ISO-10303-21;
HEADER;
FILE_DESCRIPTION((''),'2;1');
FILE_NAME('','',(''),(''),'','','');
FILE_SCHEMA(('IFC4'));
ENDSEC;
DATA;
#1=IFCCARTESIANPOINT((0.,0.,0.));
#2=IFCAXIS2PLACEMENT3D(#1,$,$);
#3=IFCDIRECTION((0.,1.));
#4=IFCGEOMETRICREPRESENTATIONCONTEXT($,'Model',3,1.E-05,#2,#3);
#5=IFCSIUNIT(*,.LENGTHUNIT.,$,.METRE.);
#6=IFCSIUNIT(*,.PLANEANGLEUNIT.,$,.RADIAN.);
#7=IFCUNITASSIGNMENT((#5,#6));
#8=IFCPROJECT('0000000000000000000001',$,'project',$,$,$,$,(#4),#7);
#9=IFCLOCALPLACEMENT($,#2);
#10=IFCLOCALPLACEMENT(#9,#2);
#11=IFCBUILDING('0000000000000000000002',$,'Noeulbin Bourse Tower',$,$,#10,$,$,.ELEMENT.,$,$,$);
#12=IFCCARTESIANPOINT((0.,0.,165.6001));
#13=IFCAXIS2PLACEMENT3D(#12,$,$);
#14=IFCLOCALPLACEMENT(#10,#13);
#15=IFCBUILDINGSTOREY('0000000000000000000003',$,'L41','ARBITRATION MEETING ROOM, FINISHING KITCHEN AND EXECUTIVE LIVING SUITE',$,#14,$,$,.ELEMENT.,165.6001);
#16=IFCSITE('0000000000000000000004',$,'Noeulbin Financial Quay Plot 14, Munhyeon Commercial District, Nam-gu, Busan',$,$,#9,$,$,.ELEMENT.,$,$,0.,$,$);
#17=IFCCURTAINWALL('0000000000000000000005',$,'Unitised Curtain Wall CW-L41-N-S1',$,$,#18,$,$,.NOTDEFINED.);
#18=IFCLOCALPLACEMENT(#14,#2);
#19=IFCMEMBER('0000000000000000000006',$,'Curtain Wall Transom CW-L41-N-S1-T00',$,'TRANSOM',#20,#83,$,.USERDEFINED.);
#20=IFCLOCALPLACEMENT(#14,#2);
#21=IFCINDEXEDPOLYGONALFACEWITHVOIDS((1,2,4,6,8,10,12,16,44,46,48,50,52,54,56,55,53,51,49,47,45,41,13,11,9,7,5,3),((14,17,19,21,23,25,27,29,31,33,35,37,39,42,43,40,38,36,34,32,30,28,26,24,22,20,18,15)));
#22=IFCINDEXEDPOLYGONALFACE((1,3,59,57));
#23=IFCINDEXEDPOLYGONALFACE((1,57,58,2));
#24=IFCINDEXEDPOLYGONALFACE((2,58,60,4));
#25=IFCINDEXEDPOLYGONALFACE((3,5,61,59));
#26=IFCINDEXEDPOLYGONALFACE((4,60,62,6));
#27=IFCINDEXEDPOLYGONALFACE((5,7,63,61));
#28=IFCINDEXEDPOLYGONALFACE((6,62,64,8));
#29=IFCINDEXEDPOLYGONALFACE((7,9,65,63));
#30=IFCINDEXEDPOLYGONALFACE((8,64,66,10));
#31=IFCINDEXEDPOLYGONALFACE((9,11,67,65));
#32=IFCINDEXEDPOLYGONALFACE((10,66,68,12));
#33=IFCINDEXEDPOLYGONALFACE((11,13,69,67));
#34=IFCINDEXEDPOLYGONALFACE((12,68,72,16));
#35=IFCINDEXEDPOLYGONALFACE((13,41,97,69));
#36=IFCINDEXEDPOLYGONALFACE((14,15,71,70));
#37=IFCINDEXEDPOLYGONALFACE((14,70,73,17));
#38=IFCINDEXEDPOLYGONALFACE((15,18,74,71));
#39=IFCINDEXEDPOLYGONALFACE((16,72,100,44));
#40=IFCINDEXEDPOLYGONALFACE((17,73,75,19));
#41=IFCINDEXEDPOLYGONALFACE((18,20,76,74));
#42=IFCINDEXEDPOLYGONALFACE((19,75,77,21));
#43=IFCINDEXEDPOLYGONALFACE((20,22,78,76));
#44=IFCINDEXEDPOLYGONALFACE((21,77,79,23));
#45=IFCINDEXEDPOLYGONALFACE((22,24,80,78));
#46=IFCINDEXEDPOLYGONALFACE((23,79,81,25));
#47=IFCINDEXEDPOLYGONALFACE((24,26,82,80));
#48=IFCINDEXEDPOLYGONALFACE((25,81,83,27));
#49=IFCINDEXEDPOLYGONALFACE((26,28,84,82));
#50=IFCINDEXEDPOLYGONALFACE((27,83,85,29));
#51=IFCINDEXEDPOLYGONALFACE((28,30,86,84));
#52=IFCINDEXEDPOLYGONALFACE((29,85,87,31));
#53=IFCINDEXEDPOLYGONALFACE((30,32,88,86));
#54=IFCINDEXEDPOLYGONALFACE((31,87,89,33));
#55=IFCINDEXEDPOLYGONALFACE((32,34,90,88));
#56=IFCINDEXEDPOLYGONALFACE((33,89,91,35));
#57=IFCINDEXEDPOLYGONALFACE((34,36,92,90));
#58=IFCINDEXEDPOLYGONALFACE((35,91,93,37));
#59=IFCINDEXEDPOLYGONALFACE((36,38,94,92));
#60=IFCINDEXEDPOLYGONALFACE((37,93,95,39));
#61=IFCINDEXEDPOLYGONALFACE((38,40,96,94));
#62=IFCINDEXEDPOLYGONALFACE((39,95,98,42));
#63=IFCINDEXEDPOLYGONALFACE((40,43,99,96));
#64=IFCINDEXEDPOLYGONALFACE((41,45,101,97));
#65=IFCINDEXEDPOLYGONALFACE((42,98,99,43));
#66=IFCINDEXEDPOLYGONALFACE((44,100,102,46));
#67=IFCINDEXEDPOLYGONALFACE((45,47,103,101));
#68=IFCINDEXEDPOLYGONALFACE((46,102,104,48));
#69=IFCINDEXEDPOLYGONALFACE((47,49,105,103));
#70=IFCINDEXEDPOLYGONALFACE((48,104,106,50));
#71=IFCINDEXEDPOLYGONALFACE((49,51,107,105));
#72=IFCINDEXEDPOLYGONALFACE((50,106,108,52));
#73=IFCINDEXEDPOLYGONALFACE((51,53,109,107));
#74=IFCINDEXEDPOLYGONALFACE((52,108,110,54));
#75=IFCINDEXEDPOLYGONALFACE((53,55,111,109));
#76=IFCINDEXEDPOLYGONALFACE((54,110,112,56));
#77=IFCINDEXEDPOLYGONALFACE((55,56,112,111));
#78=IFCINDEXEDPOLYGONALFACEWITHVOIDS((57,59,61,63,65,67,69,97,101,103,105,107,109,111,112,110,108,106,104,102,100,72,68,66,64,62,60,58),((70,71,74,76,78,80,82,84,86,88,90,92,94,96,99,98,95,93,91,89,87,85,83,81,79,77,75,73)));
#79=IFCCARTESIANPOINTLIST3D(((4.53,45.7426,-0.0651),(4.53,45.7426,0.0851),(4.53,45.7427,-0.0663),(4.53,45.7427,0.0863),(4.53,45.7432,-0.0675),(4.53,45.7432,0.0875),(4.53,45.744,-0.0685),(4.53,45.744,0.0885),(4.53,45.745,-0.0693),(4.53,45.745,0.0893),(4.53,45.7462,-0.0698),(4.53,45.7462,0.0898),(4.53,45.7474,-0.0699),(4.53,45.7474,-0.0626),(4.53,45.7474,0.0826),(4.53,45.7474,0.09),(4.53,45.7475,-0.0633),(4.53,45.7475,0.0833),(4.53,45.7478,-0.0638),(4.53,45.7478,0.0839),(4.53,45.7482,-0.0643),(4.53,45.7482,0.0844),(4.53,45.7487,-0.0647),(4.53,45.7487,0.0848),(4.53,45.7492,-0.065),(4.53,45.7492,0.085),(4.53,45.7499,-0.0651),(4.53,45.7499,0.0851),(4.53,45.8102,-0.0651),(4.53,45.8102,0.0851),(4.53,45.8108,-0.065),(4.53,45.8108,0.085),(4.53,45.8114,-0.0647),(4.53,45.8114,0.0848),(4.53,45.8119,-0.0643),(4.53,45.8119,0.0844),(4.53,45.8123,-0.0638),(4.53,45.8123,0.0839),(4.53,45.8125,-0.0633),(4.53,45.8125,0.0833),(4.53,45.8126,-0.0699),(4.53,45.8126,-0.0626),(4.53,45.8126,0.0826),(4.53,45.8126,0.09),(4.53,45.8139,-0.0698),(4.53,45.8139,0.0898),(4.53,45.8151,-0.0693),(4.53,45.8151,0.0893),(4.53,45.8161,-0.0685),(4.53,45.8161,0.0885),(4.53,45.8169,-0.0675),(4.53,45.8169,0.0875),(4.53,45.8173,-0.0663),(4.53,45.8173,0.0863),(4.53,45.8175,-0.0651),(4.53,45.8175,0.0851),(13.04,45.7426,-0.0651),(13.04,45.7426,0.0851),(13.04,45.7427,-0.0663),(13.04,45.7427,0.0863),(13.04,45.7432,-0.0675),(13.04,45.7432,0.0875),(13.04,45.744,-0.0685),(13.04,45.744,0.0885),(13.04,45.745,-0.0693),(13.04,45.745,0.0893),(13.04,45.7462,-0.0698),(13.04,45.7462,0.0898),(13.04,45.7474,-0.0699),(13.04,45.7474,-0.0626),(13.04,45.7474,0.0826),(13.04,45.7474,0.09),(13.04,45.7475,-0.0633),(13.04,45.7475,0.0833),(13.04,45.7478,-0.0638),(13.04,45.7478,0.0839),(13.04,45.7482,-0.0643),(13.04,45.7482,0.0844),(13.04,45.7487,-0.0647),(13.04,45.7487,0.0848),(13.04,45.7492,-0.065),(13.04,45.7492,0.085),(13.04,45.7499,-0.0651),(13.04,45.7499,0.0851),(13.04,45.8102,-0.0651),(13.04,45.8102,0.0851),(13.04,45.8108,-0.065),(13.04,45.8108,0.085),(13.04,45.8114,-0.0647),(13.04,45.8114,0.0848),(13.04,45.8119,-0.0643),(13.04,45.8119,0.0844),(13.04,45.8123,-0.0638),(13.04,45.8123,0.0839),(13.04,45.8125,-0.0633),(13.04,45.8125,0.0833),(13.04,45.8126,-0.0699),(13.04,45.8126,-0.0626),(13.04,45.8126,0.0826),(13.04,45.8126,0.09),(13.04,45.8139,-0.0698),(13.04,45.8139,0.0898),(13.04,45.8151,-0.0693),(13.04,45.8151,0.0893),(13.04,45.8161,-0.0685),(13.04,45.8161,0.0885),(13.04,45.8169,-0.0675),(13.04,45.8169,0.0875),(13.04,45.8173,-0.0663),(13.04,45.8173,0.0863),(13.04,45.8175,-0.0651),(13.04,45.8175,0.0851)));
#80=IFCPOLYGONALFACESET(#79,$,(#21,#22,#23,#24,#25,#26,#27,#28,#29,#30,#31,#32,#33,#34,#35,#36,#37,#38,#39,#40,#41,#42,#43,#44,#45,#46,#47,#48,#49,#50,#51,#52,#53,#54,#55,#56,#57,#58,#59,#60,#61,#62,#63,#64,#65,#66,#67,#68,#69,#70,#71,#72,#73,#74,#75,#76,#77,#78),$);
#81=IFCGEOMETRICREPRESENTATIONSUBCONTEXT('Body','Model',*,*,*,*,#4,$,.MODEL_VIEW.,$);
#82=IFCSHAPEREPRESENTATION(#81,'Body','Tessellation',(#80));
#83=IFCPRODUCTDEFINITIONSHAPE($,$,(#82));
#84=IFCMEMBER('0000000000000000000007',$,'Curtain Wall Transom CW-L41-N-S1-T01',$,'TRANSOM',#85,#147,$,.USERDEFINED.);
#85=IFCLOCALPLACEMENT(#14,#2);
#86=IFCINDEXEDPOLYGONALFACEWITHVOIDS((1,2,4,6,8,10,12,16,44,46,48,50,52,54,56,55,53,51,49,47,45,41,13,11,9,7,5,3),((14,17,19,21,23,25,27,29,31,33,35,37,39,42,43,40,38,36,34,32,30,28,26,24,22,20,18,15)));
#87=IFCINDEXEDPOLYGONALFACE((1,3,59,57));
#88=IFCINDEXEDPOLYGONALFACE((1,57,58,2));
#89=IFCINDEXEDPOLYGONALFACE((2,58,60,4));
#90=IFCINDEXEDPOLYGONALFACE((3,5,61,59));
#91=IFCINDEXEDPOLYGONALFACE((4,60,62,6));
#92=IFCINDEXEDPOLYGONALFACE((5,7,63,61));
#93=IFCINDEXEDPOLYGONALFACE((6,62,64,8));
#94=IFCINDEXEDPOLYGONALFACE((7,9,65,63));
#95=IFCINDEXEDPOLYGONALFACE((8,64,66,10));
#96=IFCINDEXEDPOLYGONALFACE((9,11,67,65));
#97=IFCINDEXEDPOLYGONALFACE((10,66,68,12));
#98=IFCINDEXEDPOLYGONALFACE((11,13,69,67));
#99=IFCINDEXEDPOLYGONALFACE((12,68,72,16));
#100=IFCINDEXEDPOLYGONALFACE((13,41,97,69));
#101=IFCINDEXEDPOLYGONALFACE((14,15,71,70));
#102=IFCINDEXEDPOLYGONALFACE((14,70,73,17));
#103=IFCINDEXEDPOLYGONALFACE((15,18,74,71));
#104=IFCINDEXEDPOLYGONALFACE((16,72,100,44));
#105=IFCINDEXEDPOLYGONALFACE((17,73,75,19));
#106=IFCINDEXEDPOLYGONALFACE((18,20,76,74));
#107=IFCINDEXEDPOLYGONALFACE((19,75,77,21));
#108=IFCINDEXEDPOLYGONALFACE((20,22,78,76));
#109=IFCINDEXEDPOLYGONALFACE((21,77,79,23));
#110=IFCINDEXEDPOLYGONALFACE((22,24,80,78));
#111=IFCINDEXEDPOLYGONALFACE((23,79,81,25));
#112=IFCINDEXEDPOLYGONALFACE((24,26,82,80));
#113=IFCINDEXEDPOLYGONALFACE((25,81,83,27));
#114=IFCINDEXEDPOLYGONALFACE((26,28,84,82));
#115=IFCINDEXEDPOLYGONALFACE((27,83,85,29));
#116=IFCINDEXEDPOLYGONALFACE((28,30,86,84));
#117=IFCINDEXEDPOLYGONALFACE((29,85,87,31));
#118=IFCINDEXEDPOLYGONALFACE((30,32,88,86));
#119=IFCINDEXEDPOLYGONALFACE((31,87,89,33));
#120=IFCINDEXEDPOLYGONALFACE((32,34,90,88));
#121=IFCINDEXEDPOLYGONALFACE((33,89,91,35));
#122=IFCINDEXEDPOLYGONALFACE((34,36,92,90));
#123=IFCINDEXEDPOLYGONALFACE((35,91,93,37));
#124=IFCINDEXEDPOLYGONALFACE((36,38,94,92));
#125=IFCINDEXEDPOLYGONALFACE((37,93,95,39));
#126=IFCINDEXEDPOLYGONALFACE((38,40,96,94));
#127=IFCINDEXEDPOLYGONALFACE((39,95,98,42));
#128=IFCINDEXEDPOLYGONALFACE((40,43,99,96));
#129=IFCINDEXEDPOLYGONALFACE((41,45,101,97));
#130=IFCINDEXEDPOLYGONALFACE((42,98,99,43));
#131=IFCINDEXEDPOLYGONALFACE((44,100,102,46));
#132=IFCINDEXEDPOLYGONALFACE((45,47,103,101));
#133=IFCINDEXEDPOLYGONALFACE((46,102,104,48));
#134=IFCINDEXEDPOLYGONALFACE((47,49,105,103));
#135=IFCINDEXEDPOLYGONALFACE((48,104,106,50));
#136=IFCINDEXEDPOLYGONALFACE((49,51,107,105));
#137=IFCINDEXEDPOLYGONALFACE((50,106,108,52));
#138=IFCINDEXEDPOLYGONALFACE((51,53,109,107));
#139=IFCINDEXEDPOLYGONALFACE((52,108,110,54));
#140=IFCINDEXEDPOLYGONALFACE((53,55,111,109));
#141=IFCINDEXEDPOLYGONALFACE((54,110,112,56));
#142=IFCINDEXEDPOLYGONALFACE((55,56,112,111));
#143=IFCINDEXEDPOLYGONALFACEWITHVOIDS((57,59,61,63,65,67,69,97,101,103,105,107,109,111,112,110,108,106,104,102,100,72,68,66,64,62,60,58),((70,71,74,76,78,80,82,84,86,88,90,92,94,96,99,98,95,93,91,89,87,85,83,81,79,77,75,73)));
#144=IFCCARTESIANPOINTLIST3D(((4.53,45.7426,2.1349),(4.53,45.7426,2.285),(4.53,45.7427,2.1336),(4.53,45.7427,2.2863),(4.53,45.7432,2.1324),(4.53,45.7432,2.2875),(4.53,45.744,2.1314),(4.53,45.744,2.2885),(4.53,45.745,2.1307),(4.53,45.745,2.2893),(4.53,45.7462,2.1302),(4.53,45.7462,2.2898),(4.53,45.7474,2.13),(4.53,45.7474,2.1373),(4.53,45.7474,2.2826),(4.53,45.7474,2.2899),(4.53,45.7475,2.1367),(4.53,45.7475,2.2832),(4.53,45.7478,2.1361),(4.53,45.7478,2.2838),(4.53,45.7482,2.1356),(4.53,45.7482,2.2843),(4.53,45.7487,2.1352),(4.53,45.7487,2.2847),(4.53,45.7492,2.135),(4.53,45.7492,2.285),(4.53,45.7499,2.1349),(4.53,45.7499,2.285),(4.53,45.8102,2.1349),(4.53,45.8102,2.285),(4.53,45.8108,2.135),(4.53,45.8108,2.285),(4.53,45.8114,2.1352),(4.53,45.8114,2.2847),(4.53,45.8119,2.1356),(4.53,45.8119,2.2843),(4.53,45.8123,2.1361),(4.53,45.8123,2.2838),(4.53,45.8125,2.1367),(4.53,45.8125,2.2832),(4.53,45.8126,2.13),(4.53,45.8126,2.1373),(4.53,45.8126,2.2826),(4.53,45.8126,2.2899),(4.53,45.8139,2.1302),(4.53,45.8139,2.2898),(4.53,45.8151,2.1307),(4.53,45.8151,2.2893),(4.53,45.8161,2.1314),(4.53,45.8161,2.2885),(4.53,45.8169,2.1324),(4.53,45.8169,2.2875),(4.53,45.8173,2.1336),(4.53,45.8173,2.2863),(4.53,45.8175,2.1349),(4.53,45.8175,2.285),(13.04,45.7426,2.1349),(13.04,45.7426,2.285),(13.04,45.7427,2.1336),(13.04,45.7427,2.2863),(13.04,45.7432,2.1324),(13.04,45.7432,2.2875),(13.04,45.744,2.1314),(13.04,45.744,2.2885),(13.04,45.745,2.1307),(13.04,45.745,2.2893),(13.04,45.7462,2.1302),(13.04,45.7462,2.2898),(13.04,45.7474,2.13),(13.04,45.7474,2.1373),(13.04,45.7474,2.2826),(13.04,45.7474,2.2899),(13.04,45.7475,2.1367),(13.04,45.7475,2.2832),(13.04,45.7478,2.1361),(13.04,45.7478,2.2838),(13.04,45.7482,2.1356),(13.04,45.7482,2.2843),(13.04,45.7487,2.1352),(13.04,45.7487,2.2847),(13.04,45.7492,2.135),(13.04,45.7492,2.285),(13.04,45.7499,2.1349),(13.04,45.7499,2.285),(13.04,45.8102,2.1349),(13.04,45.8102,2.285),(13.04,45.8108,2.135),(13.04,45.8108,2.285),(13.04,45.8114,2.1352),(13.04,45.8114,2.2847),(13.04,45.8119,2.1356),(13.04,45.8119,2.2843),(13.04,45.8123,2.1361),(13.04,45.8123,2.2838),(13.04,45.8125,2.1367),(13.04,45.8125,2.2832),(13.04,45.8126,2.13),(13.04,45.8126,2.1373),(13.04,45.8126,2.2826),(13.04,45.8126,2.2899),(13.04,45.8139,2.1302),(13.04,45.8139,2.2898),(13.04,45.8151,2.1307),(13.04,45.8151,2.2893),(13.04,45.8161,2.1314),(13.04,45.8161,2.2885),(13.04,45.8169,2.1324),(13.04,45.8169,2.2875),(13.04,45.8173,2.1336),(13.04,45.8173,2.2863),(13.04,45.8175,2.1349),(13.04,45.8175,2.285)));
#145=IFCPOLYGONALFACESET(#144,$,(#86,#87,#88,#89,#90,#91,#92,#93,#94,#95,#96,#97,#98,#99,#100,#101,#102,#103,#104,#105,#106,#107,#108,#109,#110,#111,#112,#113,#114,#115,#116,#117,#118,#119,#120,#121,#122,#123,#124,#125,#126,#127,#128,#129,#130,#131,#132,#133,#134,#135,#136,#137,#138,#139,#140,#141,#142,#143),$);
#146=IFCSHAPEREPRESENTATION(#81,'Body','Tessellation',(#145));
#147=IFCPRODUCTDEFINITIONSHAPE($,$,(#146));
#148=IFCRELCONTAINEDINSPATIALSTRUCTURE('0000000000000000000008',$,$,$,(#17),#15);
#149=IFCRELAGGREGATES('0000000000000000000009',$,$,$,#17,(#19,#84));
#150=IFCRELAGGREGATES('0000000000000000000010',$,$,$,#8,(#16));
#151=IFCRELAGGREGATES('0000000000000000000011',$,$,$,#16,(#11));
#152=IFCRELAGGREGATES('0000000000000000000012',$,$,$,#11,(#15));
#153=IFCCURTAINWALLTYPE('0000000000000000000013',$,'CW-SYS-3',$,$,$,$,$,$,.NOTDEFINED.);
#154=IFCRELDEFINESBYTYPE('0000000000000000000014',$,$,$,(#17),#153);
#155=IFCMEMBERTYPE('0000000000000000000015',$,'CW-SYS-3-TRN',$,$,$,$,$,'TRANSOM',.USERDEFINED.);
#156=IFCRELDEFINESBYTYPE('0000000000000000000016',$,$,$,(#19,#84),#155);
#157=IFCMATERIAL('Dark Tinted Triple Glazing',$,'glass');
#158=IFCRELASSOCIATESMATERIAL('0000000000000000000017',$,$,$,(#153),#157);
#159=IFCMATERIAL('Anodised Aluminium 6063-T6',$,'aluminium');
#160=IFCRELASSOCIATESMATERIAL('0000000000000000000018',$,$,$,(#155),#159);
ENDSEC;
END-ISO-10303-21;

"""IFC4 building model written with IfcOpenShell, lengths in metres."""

from ifc_helpers import new_model, si_unit, direction, frame, origin, origin_2d, place, context, subcontext, project, spatial, hollow_rectangle, extrude, material, material_profile, profile_set, type_object, element, aggregate, save


model = new_model("IFC4")

# Units and contexts
model_context = context("Model", 3, precision=1e-05, world=origin(), true_north=direction((0.0, 1.0)))
body_context = subcontext(model_context, "Body", "Model", "MODEL_VIEW")
ifc_project = project(units=[si_unit("LENGTHUNIT", "METRE"), si_unit("PLANEANGLEUNIT", "RADIAN")], contexts=[model_context])

# Site, building, storey
site_placement = place(None, origin())
site = spatial("IfcSite", under=ifc_project, at=site_placement, Name="Noeulbin Financial Quay Plot 14, Munhyeon Commercial District, Nam-gu, Busan", CompositionType="ELEMENT", RefElevation=0.0)
building_placement = place(site_placement, origin())
building = spatial("IfcBuilding", under=site, at=building_placement, Name="Noeulbin Bourse Tower", CompositionType="ELEMENT")
storey_placement = place(building_placement, frame((0.0, 0.0, 165.6001)))
storey = spatial("IfcBuildingStorey", under=building, at=storey_placement, Name="L41", Description="ARBITRATION MEETING ROOM, FINISHING KITCHEN AND EXECUTIVE LIVING SUITE", CompositionType="ELEMENT", Elevation=165.6001)

# Curtain wall
ifc_material_1 = material(Name="Dark Tinted Triple Glazing", Category="glass")
curtain_wall_type = type_object("IfcCurtainWallType", Name="CW-SYS-3", PredefinedType="NOTDEFINED", material=ifc_material_1)
curtain_wall_1_placement = place(storey_placement, origin())
curtain_wall_1 = element("IfcCurtainWall", 1, at=curtain_wall_1_placement, inside=storey, type_object=curtain_wall_type, Name="Unitised Curtain Wall CW-L41-N-S1", PredefinedType="NOTDEFINED")
ifc_material_2 = material(Name="Anodised Aluminium 6063-T6", Category="aluminium")

# Members
ifc_material_profile_1 = material_profile(ifc_material_2, hollow_rectangle(XDim=0.075, YDim=0.1599, WallThickness=0.0049, InnerFilletRadius=0.0024, OuterFilletRadius=0.0049, at=origin_2d()), Name="ALU-TRAN-75x160x5", Category="LoadBearing")
ifc_profile_set_1 = profile_set([ifc_material_profile_1], Name="Anodised Aluminium 6063-T6")
member_type_1 = type_object("IfcMemberType", Name="CW-SYS-3-TRN", ElementType="TRANSOM", PredefinedType="USERDEFINED", material=ifc_profile_set_1)
member_1_placement = place(storey_placement, frame((4.53, 45.78, 0.01), z_axis=(1.0, 0.0, 0.0), x_axis=(0.0, 1.0, 0.0)))
member_1 = element("IfcMember", 2, at=member_1_placement, type_object=member_type_1, Name="Curtain Wall Transom CW-L41-N-S1-T00", ObjectType="TRANSOM", PredefinedType="USERDEFINED", context=body_context, shape_type="SweptSolid", body=[
    extrude(hollow_rectangle(XDim=0.075, YDim=0.1599, WallThickness=0.0049, InnerFilletRadius=0.0024, OuterFilletRadius=0.0049, at=origin_2d()), origin(), (0.0, 0.0, 1.0), 8.51),
])
member_2_placement = place(storey_placement, frame((4.53, 45.78, 2.21), z_axis=(1.0, 0.0, 0.0), x_axis=(0.0, 1.0, 0.0)))
member_2 = element("IfcMember", 3, at=member_2_placement, type_object=member_type_1, Name="Curtain Wall Transom CW-L41-N-S1-T01", ObjectType="TRANSOM", PredefinedType="USERDEFINED", context=body_context, shape_type="SweptSolid", body=[
    extrude(hollow_rectangle(XDim=0.075, YDim=0.1599, WallThickness=0.0049, InnerFilletRadius=0.0024, OuterFilletRadius=0.0049, at=origin_2d()), origin(), (0.0, 0.0, 1.0), 8.51),
])

aggregate(curtain_wall_1, [member_1, member_2])

save(model, "model.ifc")
